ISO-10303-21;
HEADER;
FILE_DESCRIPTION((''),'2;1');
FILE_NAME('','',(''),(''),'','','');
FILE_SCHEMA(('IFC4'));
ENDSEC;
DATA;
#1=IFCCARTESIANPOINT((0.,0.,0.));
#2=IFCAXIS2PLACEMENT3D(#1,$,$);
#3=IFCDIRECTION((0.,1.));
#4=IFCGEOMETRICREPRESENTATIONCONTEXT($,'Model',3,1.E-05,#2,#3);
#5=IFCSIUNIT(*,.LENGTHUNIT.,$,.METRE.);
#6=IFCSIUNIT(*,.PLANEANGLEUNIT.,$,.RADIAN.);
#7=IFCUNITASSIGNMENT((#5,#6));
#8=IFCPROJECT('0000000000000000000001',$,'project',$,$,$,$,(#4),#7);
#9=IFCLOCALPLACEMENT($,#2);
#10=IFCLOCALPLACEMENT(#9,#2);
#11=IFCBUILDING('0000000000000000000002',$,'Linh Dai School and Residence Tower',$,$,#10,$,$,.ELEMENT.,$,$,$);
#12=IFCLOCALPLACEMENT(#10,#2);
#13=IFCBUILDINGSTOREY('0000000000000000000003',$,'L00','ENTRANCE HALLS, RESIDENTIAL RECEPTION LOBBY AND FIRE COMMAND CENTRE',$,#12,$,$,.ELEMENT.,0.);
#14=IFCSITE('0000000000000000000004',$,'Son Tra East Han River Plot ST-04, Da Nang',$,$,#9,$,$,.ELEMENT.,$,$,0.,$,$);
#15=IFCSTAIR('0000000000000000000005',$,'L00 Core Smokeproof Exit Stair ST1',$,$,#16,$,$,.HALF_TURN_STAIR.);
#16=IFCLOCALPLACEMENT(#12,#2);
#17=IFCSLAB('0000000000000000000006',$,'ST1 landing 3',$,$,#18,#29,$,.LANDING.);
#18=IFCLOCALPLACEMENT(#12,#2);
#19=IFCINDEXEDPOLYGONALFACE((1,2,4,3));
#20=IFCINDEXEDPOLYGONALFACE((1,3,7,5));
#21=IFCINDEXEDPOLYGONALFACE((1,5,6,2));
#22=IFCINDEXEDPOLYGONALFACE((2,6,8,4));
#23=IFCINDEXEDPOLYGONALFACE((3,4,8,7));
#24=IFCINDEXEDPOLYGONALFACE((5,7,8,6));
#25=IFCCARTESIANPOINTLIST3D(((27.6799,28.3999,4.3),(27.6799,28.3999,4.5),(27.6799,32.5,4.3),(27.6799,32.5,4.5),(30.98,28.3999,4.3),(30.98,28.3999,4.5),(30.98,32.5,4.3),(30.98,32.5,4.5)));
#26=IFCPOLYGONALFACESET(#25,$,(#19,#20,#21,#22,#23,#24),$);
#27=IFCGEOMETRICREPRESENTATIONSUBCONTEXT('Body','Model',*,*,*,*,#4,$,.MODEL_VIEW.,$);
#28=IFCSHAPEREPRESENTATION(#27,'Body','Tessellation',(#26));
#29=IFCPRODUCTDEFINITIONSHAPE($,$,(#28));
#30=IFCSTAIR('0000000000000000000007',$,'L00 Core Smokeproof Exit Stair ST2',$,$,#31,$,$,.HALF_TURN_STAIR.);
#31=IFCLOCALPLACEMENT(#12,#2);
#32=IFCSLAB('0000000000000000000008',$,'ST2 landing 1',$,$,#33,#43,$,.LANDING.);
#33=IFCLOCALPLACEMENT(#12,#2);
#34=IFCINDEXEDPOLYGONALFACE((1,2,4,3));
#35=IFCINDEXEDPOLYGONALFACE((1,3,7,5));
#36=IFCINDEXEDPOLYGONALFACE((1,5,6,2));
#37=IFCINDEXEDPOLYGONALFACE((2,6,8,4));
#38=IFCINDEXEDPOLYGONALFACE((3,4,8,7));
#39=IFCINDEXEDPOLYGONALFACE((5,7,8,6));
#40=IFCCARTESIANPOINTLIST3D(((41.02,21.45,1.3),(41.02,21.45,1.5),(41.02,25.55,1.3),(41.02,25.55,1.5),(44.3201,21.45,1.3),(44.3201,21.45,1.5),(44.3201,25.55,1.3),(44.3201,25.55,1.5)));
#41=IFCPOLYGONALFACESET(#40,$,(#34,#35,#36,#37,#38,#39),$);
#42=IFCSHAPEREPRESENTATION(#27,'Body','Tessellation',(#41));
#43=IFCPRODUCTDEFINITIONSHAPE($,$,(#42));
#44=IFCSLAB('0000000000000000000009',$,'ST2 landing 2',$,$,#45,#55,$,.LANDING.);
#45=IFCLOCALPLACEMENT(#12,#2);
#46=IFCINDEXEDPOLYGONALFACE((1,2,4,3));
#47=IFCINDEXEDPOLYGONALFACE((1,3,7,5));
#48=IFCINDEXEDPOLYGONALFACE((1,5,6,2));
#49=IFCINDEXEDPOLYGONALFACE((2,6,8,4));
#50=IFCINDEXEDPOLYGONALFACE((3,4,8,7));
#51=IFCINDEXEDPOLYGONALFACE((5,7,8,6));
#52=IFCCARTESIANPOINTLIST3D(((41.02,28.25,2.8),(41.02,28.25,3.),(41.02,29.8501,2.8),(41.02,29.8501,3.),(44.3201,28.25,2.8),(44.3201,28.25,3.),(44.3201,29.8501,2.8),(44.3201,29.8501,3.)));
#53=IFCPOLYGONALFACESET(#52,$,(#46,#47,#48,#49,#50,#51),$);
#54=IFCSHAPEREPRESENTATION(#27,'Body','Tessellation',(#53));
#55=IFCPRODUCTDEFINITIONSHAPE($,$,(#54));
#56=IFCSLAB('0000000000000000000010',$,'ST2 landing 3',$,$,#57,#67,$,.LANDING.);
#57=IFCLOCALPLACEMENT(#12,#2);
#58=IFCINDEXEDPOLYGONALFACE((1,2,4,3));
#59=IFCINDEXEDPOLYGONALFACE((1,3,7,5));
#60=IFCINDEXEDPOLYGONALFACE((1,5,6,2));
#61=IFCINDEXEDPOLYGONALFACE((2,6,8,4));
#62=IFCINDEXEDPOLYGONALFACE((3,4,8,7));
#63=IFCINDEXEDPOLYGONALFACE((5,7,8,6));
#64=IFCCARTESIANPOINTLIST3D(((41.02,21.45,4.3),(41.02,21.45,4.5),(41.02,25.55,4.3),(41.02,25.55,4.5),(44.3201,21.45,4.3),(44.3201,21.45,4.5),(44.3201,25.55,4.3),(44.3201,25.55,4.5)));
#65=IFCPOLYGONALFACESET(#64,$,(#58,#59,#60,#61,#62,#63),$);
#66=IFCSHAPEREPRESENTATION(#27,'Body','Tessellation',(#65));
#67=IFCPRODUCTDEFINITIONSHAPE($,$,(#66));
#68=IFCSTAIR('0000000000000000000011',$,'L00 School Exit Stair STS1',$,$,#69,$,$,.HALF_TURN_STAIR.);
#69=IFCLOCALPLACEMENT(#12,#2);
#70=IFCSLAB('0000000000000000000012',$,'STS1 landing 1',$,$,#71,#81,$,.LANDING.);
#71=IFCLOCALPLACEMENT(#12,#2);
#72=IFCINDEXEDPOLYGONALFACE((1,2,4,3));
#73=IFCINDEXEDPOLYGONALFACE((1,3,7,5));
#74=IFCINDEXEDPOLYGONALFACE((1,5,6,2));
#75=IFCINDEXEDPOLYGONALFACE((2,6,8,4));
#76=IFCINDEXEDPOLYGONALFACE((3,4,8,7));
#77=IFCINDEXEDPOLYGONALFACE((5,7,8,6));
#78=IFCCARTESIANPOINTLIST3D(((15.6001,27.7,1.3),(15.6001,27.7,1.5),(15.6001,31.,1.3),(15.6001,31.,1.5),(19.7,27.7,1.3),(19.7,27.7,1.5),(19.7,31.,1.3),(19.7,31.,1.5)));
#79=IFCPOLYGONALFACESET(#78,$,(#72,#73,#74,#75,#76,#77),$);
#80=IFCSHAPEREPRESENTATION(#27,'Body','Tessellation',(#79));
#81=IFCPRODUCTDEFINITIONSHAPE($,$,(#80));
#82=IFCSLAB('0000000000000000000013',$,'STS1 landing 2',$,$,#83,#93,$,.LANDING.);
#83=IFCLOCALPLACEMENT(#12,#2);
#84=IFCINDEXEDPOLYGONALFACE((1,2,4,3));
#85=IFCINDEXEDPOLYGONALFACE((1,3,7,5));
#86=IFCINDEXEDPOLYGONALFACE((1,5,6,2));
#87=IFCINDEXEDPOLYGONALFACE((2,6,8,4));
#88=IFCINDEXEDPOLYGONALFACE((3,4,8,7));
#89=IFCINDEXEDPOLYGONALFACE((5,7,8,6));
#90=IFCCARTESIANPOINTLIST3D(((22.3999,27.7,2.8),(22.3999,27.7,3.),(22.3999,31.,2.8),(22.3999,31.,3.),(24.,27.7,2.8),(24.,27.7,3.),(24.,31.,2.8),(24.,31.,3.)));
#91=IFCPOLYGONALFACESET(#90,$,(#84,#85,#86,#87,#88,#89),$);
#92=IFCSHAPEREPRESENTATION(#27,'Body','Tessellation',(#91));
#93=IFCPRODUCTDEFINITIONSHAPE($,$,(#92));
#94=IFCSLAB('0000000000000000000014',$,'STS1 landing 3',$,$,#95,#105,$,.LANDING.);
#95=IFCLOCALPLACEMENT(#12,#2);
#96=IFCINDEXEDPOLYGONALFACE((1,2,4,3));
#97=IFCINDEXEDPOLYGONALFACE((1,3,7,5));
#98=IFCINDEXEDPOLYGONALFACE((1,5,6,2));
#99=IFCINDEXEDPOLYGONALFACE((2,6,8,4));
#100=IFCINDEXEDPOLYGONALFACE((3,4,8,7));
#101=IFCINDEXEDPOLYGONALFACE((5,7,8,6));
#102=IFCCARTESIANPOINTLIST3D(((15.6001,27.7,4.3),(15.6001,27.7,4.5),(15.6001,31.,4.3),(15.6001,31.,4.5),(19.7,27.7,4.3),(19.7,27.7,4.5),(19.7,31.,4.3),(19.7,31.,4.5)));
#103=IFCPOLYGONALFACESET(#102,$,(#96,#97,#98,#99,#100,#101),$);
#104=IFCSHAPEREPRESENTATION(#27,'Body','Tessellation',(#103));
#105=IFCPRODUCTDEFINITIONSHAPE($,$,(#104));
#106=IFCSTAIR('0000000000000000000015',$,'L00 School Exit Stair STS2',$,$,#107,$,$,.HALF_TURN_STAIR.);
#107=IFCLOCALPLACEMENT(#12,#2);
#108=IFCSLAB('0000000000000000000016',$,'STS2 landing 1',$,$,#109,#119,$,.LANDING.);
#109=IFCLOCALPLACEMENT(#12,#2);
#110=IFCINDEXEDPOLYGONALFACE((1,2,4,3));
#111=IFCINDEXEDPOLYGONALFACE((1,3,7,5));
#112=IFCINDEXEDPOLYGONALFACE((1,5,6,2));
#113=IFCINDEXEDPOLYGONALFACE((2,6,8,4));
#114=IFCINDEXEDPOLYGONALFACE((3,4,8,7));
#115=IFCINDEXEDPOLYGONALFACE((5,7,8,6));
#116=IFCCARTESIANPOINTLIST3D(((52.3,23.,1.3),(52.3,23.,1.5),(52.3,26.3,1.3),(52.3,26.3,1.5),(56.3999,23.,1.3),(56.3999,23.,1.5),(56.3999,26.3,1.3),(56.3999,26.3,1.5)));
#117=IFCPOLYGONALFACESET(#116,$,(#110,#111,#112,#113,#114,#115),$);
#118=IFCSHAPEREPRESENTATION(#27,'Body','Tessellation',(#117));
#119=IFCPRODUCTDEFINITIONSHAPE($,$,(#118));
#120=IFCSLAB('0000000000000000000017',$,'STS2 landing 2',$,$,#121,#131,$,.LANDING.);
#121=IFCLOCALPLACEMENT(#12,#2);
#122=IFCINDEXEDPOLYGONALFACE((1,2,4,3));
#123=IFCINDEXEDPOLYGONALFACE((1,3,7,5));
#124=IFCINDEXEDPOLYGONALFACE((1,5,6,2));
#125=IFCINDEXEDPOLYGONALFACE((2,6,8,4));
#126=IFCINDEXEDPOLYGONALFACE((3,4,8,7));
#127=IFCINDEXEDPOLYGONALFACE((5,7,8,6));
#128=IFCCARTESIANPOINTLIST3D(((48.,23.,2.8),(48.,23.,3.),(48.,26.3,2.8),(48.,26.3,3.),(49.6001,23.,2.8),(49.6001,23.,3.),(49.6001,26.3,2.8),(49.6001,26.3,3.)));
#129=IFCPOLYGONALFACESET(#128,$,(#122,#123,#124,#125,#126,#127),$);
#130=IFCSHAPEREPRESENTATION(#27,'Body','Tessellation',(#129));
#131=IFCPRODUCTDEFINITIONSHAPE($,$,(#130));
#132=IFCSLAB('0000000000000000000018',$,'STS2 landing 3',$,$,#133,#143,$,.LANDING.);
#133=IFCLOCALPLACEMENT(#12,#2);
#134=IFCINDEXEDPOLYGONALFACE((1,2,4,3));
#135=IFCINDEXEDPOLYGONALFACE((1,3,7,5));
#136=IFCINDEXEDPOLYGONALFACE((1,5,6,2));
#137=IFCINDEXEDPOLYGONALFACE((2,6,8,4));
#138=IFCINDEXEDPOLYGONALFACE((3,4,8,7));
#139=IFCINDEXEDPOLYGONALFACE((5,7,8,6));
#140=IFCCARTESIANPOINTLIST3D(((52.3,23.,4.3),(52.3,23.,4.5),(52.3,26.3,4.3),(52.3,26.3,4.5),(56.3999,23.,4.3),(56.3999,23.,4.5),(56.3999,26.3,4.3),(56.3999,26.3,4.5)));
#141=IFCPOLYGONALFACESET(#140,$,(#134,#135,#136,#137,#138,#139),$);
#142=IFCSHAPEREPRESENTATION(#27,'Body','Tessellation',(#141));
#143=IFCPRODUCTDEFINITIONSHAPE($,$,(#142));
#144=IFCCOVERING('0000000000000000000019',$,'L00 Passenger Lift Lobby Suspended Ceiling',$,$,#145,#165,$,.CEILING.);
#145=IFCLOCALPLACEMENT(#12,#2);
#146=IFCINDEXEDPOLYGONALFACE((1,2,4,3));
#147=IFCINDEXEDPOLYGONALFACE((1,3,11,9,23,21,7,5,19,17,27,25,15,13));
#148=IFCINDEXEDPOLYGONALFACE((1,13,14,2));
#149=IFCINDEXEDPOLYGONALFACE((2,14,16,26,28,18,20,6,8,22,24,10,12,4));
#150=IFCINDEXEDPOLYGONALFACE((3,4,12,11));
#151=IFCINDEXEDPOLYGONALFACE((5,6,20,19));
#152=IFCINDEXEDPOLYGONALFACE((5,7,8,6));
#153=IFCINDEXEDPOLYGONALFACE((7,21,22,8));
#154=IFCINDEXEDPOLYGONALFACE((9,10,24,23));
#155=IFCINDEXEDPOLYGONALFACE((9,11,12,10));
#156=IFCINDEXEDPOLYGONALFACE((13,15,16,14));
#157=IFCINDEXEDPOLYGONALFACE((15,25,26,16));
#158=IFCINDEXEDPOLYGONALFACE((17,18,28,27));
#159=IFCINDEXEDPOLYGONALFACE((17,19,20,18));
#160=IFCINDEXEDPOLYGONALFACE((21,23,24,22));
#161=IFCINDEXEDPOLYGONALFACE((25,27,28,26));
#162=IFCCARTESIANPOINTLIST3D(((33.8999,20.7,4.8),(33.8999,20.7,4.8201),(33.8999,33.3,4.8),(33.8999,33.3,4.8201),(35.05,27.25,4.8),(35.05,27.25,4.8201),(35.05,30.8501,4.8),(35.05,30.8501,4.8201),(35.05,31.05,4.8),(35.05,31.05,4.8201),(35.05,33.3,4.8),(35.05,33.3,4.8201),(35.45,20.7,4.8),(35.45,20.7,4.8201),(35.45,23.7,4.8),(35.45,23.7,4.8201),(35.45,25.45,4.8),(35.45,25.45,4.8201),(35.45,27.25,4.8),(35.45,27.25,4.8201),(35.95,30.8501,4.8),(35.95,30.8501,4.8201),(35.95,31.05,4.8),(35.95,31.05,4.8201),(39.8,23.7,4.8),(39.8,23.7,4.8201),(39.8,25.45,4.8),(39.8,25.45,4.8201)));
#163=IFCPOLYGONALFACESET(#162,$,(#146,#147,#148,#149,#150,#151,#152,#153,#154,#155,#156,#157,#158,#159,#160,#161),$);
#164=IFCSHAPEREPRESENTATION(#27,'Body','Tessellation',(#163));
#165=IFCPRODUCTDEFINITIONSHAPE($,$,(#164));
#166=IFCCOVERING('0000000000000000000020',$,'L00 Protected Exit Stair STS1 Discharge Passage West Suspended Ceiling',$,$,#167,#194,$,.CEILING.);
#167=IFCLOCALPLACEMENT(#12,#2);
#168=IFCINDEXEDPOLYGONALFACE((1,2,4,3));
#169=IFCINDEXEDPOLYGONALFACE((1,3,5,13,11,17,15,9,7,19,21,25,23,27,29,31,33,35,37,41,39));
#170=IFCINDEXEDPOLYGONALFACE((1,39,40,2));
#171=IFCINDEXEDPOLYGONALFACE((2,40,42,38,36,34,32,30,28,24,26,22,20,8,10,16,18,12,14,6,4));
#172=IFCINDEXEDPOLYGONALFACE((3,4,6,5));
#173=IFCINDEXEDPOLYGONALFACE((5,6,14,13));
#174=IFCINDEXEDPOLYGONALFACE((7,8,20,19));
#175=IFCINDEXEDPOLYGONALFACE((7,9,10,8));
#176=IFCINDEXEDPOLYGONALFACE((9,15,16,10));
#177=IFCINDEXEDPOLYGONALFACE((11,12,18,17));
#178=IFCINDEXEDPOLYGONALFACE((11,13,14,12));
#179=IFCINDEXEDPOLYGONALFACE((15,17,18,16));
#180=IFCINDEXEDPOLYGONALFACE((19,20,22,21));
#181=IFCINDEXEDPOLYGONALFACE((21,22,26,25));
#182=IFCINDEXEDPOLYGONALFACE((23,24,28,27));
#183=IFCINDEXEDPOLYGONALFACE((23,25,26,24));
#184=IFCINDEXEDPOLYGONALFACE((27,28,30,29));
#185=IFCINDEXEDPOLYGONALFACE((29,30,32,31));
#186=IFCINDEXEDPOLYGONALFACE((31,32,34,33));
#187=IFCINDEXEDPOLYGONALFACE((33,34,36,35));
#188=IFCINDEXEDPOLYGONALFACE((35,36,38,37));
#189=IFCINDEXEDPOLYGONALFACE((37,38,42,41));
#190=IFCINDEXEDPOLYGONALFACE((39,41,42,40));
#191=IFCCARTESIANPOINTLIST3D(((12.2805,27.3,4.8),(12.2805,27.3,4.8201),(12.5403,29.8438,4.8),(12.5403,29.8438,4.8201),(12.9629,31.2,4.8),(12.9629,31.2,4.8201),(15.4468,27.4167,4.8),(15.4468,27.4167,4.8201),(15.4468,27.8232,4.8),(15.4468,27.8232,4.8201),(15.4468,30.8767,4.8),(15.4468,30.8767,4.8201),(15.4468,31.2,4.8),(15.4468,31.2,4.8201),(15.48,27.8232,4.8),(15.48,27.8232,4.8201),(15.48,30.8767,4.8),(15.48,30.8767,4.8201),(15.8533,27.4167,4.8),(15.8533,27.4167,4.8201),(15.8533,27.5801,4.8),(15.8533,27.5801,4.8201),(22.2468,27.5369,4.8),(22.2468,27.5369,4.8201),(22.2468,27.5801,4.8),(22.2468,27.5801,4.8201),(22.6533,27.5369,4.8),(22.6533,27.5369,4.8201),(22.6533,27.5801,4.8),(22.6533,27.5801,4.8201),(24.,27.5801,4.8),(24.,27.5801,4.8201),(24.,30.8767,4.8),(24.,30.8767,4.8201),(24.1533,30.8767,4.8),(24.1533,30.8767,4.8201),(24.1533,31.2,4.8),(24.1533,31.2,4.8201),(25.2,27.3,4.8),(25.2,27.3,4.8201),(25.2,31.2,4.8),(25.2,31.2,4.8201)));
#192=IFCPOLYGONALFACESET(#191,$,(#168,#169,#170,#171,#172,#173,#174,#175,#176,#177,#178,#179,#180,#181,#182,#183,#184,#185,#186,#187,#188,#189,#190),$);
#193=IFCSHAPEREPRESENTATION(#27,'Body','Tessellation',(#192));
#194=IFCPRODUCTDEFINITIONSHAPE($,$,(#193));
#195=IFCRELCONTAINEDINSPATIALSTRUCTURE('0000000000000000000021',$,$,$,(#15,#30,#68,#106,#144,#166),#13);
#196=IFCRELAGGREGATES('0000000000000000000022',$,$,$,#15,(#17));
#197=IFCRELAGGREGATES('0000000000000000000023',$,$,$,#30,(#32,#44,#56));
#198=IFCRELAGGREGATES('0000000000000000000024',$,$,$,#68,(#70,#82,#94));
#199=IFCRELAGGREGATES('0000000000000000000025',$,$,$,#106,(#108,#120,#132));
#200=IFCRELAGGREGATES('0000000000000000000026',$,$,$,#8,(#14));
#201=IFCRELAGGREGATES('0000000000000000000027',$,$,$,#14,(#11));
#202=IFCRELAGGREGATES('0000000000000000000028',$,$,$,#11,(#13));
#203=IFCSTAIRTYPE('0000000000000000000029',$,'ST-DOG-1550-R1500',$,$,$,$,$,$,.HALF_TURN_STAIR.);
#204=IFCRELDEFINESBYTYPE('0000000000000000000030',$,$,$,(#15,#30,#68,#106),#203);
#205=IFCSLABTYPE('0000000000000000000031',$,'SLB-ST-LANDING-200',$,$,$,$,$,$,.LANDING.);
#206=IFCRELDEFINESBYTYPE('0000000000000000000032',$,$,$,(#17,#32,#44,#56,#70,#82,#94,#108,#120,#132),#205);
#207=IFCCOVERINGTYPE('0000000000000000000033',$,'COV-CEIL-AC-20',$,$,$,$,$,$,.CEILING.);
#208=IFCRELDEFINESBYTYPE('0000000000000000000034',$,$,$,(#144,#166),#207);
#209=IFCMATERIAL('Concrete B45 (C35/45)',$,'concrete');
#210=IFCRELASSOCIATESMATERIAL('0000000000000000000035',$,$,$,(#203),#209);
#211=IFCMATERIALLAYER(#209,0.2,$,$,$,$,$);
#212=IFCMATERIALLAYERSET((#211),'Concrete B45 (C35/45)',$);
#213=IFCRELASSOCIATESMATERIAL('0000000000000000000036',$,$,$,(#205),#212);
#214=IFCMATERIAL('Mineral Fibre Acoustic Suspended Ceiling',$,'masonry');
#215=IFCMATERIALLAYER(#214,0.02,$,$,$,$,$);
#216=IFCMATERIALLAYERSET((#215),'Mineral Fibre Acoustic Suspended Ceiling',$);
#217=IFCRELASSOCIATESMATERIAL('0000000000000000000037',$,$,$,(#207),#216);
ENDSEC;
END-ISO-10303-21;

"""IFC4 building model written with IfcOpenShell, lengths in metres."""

from ifc_helpers import new_model, si_unit, direction, frame, origin, place, context, subcontext, project, spatial, polyline, outline, extrude, material, layer, layer_set, type_object, element, aggregate, save


model = new_model("IFC4")

# Units and contexts
model_context = context("Model", 3, precision=1e-05, world=origin(), true_north=direction((0.0, 1.0)))
body_context = subcontext(model_context, "Body", "Model", "MODEL_VIEW")
ifc_project = project(units=[si_unit("LENGTHUNIT", "METRE"), si_unit("PLANEANGLEUNIT", "RADIAN")], contexts=[model_context])

# Site, building, storey
site_placement = place(None, origin())
site = spatial("IfcSite", under=ifc_project, at=site_placement, Name="Son Tra East Han River Plot ST-04, Da Nang", CompositionType="ELEMENT", RefElevation=0.0)
building_placement = place(site_placement, origin())
building = spatial("IfcBuilding", under=site, at=building_placement, Name="Linh Dai School and Residence Tower", CompositionType="ELEMENT")
storey_placement = place(building_placement, origin())
storey = spatial("IfcBuildingStorey", under=building, at=storey_placement, Name="L00", Description="ENTRANCE HALLS, RESIDENTIAL RECEPTION LOBBY AND FIRE COMMAND CENTRE", CompositionType="ELEMENT", Elevation=0.0)

# Shared definitions
ifc_material_1 = material(Name="Concrete B45 (C35/45)", Category="concrete")

# Stairs, slabs
stair_type = type_object("IfcStairType", Name="ST-DOG-1550-R1500", PredefinedType="HALF_TURN_STAIR", material=ifc_material_1)
stair_1_placement = place(storey_placement, origin())
stair_1 = element("IfcStair", 1, at=stair_1_placement, inside=storey, type_object=stair_type, Name="L00 Core Smokeproof Exit Stair ST1", PredefinedType="HALF_TURN_STAIR")
ifc_layer_1 = layer(ifc_material_1, 0.2)
ifc_layer_set_1 = layer_set([ifc_layer_1], Name="Concrete B45 (C35/45)")
slab_type_1 = type_object("IfcSlabType", Name="SLB-ST-LANDING-200", PredefinedType="LANDING", material=ifc_layer_set_1)
slab_1_placement = place(storey_placement, frame((0.0, 0.0, 4.3)))
slab_1 = element("IfcSlab", 2, at=slab_1_placement, type_object=slab_type_1, Name="ST1 landing 3", PredefinedType="LANDING", context=body_context, shape_type="SweptSolid", body=[
    extrude(outline(polyline([(30.98, 28.3999), (30.98, 32.5), (27.6799, 32.5), (27.6799, 28.3999), (30.98, 28.3999)])), origin(), (0.0, 0.0, 1.0), 0.2),
])
aggregate(stair_1, [slab_1])
stair_2_placement = place(storey_placement, origin())
stair_2 = element("IfcStair", 3, at=stair_2_placement, inside=storey, type_object=stair_type, Name="L00 Core Smokeproof Exit Stair ST2", PredefinedType="HALF_TURN_STAIR")
slab_2_placement = place(storey_placement, frame((0.0, 0.0, 1.3)))
slab_2 = element("IfcSlab", 4, at=slab_2_placement, type_object=slab_type_1, Name="ST2 landing 1", PredefinedType="LANDING", context=body_context, shape_type="SweptSolid", body=[
    extrude(outline(polyline([(41.02, 25.55), (41.02, 21.45), (44.3201, 21.45), (44.3201, 25.55), (41.02, 25.55)])), origin(), (0.0, 0.0, 1.0), 0.2),
])
slab_3_placement = place(storey_placement, frame((0.0, 0.0, 2.8)))
slab_3 = element("IfcSlab", 5, at=slab_3_placement, type_object=slab_type_1, Name="ST2 landing 2", PredefinedType="LANDING", context=body_context, shape_type="SweptSolid", body=[
    extrude(outline(polyline([(41.02, 29.8501), (41.02, 28.25), (44.3201, 28.25), (44.3201, 29.8501), (41.02, 29.8501)])), origin(), (0.0, 0.0, 1.0), 0.2),
])
slab_4_placement = place(storey_placement, frame((0.0, 0.0, 4.3)))
slab_4 = element("IfcSlab", 6, at=slab_4_placement, type_object=slab_type_1, Name="ST2 landing 3", PredefinedType="LANDING", context=body_context, shape_type="SweptSolid", body=[
    extrude(outline(polyline([(41.02, 25.55), (41.02, 21.45), (44.3201, 21.45), (44.3201, 25.55), (41.02, 25.55)])), origin(), (0.0, 0.0, 1.0), 0.2),
])
aggregate(stair_2, [slab_2, slab_3, slab_4])
stair_3_placement = place(storey_placement, origin())
stair_3 = element("IfcStair", 7, at=stair_3_placement, inside=storey, type_object=stair_type, Name="L00 School Exit Stair STS1", PredefinedType="HALF_TURN_STAIR")
slab_5_placement = place(storey_placement, frame((0.0, 0.0, 1.3)))
slab_5 = element("IfcSlab", 8, at=slab_5_placement, type_object=slab_type_1, Name="STS1 landing 1", PredefinedType="LANDING", context=body_context, shape_type="SweptSolid", body=[
    extrude(outline(polyline([(19.7, 31.0), (15.6001, 31.0), (15.6001, 27.7), (19.7, 27.7), (19.7, 31.0)])), origin(), (0.0, 0.0, 1.0), 0.2),
])
slab_6_placement = place(storey_placement, frame((0.0, 0.0, 2.8)))
slab_6 = element("IfcSlab", 9, at=slab_6_placement, type_object=slab_type_1, Name="STS1 landing 2", PredefinedType="LANDING", context=body_context, shape_type="SweptSolid", body=[
    extrude(outline(polyline([(24.0, 31.0), (22.3999, 31.0), (22.3999, 27.7), (24.0, 27.7), (24.0, 31.0)])), origin(), (0.0, 0.0, 1.0), 0.2),
])
slab_7_placement = place(storey_placement, frame((0.0, 0.0, 4.3)))
slab_7 = element("IfcSlab", 10, at=slab_7_placement, type_object=slab_type_1, Name="STS1 landing 3", PredefinedType="LANDING", context=body_context, shape_type="SweptSolid", body=[
    extrude(outline(polyline([(19.7, 31.0), (15.6001, 31.0), (15.6001, 27.7), (19.7, 27.7), (19.7, 31.0)])), origin(), (0.0, 0.0, 1.0), 0.2),
])
aggregate(stair_3, [slab_5, slab_6, slab_7])
stair_4_placement = place(storey_placement, origin())
stair_4 = element("IfcStair", 11, at=stair_4_placement, inside=storey, type_object=stair_type, Name="L00 School Exit Stair STS2", PredefinedType="HALF_TURN_STAIR")
slab_8_placement = place(storey_placement, frame((0.0, 0.0, 1.3)))
slab_8 = element("IfcSlab", 12, at=slab_8_placement, type_object=slab_type_1, Name="STS2 landing 1", PredefinedType="LANDING", context=body_context, shape_type="SweptSolid", body=[
    extrude(outline(polyline([(52.3, 23.0), (56.3999, 23.0), (56.3999, 26.3), (52.3, 26.3), (52.3, 23.0)])), origin(), (0.0, 0.0, 1.0), 0.2),
])
slab_9_placement = place(storey_placement, frame((0.0, 0.0, 2.8)))
slab_9 = element("IfcSlab", 13, at=slab_9_placement, type_object=slab_type_1, Name="STS2 landing 2", PredefinedType="LANDING", context=body_context, shape_type="SweptSolid", body=[
    extrude(outline(polyline([(48.0, 23.0), (49.6001, 23.0), (49.6001, 26.3), (48.0, 26.3), (48.0, 23.0)])), origin(), (0.0, 0.0, 1.0), 0.2),
])
slab_10_placement = place(storey_placement, frame((0.0, 0.0, 4.3)))
slab_10 = element("IfcSlab", 14, at=slab_10_placement, type_object=slab_type_1, Name="STS2 landing 3", PredefinedType="LANDING", context=body_context, shape_type="SweptSolid", body=[
    extrude(outline(polyline([(52.3, 23.0), (56.3999, 23.0), (56.3999, 26.3), (52.3, 26.3), (52.3, 23.0)])), origin(), (0.0, 0.0, 1.0), 0.2),
])
aggregate(stair_4, [slab_8, slab_9, slab_10])

# Coverings
ifc_material_2 = material(Name="Mineral Fibre Acoustic Suspended Ceiling", Category="masonry")
ifc_layer_2 = layer(ifc_material_2, 0.02)
ifc_layer_set_2 = layer_set([ifc_layer_2], Name="Mineral Fibre Acoustic Suspended Ceiling")
covering_type_1 = type_object("IfcCoveringType", Name="COV-CEIL-AC-20", PredefinedType="CEILING", material=ifc_layer_set_2)
covering_1_placement = place(storey_placement, frame((0.0, 0.0, 4.8)))
element("IfcCovering", 15, at=covering_1_placement, inside=storey, type_object=covering_type_1, Name="L00 Passenger Lift Lobby Suspended Ceiling", PredefinedType="CEILING", context=body_context, shape_type="SweptSolid", body=[
    extrude(outline(polyline([(35.05, 33.3), (35.05, 31.05), (35.95, 31.05), (35.95, 30.8501), (35.05, 30.8501), (35.05, 27.25), (35.45, 27.25), (35.45, 25.45), (39.8, 25.45), (39.8, 23.7), (35.45, 23.7), (35.45, 20.7), (33.8999, 20.7), (33.8999, 33.3), (35.05, 33.3)])), origin(), (0.0, 0.0, 1.0), 0.02),
])
covering_2_placement = place(storey_placement, frame((0.0, 0.0, 4.8)))
element("IfcCovering", 16, at=covering_2_placement, inside=storey, type_object=covering_type_1, Name="L00 Protected Exit Stair STS1 Discharge Passage West Suspended Ceiling", PredefinedType="CEILING", context=body_context, shape_type="SweptSolid", body=[
    extrude(outline(polyline([(12.9629, 31.2), (15.4468, 31.2), (15.4468, 30.8767), (15.48, 30.8767), (15.48, 27.8232), (15.4468, 27.8232), (15.4468, 27.4167), (15.8533, 27.4167), (15.8533, 27.5801), (22.2468, 27.5801), (22.2468, 27.5369), (22.6533, 27.5369), (22.6533, 27.5801), (24.0, 27.5801), (24.0, 30.8767), (24.1533, 30.8767), (24.1533, 31.2), (25.2, 31.2), (25.2, 27.3), (12.2805, 27.3), (12.5403, 29.8438), (12.9629, 31.2)])), origin(), (0.0, 0.0, 1.0), 0.02),
])

save(model, "model.ifc")
